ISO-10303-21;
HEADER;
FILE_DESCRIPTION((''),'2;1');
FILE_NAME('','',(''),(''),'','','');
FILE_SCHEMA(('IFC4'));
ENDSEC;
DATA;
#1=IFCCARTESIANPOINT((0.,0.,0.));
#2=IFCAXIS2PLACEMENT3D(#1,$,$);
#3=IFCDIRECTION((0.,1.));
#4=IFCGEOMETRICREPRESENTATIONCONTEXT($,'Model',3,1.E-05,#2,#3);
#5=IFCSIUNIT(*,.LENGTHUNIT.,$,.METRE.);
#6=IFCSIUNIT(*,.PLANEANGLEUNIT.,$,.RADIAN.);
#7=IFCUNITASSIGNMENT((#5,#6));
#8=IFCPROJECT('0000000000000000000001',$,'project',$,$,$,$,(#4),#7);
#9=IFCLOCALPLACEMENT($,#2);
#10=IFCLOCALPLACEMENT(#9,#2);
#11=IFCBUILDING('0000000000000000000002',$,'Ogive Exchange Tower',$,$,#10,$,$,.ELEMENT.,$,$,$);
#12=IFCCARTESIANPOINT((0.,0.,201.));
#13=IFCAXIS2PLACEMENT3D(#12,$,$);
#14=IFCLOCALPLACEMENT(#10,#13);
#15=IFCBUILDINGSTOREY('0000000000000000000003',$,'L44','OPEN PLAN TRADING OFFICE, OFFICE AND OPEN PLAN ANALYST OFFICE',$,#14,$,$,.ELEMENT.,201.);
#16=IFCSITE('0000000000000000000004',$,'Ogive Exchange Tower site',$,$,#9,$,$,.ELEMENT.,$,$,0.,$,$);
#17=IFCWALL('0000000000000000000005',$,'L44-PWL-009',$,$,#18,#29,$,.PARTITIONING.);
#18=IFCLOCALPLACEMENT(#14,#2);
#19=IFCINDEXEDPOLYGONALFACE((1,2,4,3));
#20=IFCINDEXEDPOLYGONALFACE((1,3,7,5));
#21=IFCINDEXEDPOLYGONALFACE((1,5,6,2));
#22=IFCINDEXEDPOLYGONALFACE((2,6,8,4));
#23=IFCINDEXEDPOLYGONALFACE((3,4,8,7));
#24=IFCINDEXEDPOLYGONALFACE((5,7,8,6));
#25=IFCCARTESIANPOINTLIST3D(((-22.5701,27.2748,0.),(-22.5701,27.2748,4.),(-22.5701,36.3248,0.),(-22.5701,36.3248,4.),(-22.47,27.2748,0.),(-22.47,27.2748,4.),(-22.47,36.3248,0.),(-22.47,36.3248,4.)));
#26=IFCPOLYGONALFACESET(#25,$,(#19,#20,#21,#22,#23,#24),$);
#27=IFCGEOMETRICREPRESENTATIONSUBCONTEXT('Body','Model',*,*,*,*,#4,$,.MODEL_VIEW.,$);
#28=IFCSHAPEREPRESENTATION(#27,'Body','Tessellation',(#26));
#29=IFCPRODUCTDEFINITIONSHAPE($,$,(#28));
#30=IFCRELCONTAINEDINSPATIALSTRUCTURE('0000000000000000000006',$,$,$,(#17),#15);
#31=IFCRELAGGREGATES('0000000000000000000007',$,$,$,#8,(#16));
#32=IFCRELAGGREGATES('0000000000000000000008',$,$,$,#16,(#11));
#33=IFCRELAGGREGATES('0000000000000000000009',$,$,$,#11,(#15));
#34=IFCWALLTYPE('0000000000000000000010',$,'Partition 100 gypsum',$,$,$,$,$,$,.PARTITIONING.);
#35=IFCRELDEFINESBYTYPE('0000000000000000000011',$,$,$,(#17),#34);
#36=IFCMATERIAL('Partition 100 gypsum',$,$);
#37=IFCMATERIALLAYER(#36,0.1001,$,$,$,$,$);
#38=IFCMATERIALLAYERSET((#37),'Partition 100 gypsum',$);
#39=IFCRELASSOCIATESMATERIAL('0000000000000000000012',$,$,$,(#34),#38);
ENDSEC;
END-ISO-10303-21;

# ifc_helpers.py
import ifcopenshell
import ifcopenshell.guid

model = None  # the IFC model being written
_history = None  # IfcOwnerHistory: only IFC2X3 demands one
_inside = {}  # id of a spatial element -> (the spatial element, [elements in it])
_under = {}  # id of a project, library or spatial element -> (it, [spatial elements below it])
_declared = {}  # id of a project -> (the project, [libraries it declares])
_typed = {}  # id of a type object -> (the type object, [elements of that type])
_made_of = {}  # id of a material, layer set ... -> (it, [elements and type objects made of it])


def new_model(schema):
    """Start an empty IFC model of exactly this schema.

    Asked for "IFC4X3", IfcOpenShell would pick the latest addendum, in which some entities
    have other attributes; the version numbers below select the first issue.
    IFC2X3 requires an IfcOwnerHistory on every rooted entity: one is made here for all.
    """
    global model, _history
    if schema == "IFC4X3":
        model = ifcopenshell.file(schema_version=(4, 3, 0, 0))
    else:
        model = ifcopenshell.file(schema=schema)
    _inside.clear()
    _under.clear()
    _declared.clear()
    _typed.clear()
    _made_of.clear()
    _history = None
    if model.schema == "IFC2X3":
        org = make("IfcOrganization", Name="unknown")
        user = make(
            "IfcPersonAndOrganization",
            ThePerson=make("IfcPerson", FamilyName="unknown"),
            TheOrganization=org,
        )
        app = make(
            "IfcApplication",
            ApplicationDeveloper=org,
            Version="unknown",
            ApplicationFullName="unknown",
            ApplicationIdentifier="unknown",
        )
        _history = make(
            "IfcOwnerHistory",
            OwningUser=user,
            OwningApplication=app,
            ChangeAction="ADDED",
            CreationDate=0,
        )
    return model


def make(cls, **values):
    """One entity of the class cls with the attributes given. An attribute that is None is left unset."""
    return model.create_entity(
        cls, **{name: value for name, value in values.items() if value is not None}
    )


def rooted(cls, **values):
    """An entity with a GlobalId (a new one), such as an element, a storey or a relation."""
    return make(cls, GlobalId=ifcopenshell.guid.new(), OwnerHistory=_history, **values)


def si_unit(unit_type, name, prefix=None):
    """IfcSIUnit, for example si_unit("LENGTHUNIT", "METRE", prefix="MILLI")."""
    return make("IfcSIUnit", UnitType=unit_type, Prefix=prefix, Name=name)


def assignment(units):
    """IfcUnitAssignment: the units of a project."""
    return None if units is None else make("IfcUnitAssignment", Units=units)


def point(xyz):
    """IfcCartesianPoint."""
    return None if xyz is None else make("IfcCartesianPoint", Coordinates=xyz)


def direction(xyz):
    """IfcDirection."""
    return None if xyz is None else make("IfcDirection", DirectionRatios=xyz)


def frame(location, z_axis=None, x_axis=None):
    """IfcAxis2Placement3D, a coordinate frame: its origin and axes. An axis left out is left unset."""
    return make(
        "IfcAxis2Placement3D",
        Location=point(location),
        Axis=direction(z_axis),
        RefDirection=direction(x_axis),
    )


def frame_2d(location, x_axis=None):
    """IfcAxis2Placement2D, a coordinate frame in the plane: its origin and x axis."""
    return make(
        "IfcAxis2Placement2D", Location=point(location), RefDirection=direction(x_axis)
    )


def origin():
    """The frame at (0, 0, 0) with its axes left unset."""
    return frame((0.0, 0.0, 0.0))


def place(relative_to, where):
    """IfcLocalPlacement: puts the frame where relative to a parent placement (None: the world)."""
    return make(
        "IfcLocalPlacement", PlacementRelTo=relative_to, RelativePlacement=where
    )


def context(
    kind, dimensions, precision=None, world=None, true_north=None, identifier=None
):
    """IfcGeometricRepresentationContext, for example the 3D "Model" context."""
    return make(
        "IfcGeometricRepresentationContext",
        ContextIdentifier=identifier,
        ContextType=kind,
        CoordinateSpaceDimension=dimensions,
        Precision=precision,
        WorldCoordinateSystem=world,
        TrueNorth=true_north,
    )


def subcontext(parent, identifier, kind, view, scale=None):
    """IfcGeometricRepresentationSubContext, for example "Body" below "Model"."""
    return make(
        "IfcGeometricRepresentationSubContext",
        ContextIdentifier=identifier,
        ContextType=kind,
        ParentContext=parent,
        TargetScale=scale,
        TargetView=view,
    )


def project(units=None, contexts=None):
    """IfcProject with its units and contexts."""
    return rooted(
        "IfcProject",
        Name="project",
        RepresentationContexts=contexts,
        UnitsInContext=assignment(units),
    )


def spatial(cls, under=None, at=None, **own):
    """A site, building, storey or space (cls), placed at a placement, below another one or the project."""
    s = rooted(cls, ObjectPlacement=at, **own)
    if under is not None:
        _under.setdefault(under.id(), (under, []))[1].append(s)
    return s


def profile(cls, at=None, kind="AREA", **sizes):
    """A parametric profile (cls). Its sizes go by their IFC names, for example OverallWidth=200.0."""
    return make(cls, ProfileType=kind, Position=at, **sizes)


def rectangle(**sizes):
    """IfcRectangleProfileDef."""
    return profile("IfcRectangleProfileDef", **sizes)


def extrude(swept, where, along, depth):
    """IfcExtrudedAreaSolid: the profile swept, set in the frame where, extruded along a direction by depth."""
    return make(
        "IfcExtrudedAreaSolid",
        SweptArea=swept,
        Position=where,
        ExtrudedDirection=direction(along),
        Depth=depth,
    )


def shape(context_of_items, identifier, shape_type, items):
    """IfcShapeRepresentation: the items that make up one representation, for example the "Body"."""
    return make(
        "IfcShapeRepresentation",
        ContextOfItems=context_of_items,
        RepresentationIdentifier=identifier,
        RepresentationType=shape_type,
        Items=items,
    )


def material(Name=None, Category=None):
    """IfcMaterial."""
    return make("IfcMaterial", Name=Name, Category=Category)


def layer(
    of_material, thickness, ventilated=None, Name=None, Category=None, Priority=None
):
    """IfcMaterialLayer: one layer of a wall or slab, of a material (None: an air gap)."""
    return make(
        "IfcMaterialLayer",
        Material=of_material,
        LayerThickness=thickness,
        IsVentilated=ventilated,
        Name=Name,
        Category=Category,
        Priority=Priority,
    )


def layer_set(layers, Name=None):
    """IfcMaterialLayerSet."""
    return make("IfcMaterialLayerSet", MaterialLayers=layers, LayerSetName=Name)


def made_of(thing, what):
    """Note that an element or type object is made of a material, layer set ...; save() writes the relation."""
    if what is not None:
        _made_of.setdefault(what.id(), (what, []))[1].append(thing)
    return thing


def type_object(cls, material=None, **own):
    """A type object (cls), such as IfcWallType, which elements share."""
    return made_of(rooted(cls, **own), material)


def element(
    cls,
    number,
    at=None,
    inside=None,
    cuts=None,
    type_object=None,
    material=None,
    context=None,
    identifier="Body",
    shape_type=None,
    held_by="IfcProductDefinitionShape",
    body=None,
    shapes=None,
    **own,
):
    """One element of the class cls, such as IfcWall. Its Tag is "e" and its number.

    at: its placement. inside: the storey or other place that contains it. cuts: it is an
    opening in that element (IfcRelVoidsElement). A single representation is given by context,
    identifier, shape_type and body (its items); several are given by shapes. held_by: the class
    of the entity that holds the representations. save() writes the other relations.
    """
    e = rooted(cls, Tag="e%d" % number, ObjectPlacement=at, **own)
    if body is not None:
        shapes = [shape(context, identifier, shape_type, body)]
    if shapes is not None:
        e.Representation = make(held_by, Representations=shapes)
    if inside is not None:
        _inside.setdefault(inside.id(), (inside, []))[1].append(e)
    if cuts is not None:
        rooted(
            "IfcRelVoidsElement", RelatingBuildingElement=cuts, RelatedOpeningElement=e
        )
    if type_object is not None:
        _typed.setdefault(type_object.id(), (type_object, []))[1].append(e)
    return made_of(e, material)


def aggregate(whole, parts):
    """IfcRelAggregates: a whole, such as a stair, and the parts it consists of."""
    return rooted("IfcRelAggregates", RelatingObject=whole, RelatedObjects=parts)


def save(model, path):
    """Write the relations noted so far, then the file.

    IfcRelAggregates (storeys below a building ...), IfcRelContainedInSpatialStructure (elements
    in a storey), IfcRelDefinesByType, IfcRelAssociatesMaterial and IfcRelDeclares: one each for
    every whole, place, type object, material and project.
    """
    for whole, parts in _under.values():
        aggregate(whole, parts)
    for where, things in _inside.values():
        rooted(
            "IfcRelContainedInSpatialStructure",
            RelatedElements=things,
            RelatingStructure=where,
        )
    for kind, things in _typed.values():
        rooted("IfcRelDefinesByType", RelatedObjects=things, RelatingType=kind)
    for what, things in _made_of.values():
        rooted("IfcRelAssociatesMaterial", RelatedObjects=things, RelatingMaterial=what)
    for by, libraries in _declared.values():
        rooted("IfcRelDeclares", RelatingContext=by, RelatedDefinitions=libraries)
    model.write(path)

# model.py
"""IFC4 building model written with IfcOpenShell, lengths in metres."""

from ifc_helpers import new_model, si_unit, direction, frame, frame_2d, origin, place, context, subcontext, project, spatial, rectangle, extrude, material, layer, layer_set, type_object, element, save


model = new_model("IFC4")

# Units and contexts
model_context = context("Model", 3, precision=1e-05, world=origin(), true_north=direction((0.0, 1.0)))
body_context = subcontext(model_context, "Body", "Model", "MODEL_VIEW")
ifc_project = project(units=[si_unit("LENGTHUNIT", "METRE"), si_unit("PLANEANGLEUNIT", "RADIAN")], contexts=[model_context])

# Site, building, storey
site_placement = place(None, origin())
site = spatial("IfcSite", under=ifc_project, at=site_placement, Name="Ogive Exchange Tower site", CompositionType="ELEMENT", RefElevation=0.0)
building_placement = place(site_placement, origin())
building = spatial("IfcBuilding", under=site, at=building_placement, Name="Ogive Exchange Tower", CompositionType="ELEMENT")
storey_placement = place(building_placement, frame((0.0, 0.0, 201.0)))
storey = spatial("IfcBuildingStorey", under=building, at=storey_placement, Name="L44", Description="OPEN PLAN TRADING OFFICE, OFFICE AND OPEN PLAN ANALYST OFFICE", CompositionType="ELEMENT", Elevation=201.0)

# Wall
ifc_material_1 = material(Name="Partition 100 gypsum")
ifc_layer_1 = layer(ifc_material_1, 0.1001)
ifc_layer_set_1 = layer_set([ifc_layer_1], Name="Partition 100 gypsum")
wall_type_1 = type_object("IfcWallType", Name="Partition 100 gypsum", PredefinedType="PARTITIONING", material=ifc_layer_set_1)
wall_1_placement = place(storey_placement, frame((-22.52, 27.2749, 0.0), z_axis=(0.0, 0.0, 1.0), x_axis=(0.0, 1.0, 0.0)))
element("IfcWall", 1, at=wall_1_placement, inside=storey, type_object=wall_type_1, Name="L44-PWL-009", PredefinedType="PARTITIONING", context=body_context, shape_type="SweptSolid", body=[
    extrude(rectangle(XDim=9.05, YDim=0.1001, at=frame_2d((4.5249, 0.0))), origin(), (0.0, 0.0, 1.0), 4.0),
])

save(model, "model.ifc")
